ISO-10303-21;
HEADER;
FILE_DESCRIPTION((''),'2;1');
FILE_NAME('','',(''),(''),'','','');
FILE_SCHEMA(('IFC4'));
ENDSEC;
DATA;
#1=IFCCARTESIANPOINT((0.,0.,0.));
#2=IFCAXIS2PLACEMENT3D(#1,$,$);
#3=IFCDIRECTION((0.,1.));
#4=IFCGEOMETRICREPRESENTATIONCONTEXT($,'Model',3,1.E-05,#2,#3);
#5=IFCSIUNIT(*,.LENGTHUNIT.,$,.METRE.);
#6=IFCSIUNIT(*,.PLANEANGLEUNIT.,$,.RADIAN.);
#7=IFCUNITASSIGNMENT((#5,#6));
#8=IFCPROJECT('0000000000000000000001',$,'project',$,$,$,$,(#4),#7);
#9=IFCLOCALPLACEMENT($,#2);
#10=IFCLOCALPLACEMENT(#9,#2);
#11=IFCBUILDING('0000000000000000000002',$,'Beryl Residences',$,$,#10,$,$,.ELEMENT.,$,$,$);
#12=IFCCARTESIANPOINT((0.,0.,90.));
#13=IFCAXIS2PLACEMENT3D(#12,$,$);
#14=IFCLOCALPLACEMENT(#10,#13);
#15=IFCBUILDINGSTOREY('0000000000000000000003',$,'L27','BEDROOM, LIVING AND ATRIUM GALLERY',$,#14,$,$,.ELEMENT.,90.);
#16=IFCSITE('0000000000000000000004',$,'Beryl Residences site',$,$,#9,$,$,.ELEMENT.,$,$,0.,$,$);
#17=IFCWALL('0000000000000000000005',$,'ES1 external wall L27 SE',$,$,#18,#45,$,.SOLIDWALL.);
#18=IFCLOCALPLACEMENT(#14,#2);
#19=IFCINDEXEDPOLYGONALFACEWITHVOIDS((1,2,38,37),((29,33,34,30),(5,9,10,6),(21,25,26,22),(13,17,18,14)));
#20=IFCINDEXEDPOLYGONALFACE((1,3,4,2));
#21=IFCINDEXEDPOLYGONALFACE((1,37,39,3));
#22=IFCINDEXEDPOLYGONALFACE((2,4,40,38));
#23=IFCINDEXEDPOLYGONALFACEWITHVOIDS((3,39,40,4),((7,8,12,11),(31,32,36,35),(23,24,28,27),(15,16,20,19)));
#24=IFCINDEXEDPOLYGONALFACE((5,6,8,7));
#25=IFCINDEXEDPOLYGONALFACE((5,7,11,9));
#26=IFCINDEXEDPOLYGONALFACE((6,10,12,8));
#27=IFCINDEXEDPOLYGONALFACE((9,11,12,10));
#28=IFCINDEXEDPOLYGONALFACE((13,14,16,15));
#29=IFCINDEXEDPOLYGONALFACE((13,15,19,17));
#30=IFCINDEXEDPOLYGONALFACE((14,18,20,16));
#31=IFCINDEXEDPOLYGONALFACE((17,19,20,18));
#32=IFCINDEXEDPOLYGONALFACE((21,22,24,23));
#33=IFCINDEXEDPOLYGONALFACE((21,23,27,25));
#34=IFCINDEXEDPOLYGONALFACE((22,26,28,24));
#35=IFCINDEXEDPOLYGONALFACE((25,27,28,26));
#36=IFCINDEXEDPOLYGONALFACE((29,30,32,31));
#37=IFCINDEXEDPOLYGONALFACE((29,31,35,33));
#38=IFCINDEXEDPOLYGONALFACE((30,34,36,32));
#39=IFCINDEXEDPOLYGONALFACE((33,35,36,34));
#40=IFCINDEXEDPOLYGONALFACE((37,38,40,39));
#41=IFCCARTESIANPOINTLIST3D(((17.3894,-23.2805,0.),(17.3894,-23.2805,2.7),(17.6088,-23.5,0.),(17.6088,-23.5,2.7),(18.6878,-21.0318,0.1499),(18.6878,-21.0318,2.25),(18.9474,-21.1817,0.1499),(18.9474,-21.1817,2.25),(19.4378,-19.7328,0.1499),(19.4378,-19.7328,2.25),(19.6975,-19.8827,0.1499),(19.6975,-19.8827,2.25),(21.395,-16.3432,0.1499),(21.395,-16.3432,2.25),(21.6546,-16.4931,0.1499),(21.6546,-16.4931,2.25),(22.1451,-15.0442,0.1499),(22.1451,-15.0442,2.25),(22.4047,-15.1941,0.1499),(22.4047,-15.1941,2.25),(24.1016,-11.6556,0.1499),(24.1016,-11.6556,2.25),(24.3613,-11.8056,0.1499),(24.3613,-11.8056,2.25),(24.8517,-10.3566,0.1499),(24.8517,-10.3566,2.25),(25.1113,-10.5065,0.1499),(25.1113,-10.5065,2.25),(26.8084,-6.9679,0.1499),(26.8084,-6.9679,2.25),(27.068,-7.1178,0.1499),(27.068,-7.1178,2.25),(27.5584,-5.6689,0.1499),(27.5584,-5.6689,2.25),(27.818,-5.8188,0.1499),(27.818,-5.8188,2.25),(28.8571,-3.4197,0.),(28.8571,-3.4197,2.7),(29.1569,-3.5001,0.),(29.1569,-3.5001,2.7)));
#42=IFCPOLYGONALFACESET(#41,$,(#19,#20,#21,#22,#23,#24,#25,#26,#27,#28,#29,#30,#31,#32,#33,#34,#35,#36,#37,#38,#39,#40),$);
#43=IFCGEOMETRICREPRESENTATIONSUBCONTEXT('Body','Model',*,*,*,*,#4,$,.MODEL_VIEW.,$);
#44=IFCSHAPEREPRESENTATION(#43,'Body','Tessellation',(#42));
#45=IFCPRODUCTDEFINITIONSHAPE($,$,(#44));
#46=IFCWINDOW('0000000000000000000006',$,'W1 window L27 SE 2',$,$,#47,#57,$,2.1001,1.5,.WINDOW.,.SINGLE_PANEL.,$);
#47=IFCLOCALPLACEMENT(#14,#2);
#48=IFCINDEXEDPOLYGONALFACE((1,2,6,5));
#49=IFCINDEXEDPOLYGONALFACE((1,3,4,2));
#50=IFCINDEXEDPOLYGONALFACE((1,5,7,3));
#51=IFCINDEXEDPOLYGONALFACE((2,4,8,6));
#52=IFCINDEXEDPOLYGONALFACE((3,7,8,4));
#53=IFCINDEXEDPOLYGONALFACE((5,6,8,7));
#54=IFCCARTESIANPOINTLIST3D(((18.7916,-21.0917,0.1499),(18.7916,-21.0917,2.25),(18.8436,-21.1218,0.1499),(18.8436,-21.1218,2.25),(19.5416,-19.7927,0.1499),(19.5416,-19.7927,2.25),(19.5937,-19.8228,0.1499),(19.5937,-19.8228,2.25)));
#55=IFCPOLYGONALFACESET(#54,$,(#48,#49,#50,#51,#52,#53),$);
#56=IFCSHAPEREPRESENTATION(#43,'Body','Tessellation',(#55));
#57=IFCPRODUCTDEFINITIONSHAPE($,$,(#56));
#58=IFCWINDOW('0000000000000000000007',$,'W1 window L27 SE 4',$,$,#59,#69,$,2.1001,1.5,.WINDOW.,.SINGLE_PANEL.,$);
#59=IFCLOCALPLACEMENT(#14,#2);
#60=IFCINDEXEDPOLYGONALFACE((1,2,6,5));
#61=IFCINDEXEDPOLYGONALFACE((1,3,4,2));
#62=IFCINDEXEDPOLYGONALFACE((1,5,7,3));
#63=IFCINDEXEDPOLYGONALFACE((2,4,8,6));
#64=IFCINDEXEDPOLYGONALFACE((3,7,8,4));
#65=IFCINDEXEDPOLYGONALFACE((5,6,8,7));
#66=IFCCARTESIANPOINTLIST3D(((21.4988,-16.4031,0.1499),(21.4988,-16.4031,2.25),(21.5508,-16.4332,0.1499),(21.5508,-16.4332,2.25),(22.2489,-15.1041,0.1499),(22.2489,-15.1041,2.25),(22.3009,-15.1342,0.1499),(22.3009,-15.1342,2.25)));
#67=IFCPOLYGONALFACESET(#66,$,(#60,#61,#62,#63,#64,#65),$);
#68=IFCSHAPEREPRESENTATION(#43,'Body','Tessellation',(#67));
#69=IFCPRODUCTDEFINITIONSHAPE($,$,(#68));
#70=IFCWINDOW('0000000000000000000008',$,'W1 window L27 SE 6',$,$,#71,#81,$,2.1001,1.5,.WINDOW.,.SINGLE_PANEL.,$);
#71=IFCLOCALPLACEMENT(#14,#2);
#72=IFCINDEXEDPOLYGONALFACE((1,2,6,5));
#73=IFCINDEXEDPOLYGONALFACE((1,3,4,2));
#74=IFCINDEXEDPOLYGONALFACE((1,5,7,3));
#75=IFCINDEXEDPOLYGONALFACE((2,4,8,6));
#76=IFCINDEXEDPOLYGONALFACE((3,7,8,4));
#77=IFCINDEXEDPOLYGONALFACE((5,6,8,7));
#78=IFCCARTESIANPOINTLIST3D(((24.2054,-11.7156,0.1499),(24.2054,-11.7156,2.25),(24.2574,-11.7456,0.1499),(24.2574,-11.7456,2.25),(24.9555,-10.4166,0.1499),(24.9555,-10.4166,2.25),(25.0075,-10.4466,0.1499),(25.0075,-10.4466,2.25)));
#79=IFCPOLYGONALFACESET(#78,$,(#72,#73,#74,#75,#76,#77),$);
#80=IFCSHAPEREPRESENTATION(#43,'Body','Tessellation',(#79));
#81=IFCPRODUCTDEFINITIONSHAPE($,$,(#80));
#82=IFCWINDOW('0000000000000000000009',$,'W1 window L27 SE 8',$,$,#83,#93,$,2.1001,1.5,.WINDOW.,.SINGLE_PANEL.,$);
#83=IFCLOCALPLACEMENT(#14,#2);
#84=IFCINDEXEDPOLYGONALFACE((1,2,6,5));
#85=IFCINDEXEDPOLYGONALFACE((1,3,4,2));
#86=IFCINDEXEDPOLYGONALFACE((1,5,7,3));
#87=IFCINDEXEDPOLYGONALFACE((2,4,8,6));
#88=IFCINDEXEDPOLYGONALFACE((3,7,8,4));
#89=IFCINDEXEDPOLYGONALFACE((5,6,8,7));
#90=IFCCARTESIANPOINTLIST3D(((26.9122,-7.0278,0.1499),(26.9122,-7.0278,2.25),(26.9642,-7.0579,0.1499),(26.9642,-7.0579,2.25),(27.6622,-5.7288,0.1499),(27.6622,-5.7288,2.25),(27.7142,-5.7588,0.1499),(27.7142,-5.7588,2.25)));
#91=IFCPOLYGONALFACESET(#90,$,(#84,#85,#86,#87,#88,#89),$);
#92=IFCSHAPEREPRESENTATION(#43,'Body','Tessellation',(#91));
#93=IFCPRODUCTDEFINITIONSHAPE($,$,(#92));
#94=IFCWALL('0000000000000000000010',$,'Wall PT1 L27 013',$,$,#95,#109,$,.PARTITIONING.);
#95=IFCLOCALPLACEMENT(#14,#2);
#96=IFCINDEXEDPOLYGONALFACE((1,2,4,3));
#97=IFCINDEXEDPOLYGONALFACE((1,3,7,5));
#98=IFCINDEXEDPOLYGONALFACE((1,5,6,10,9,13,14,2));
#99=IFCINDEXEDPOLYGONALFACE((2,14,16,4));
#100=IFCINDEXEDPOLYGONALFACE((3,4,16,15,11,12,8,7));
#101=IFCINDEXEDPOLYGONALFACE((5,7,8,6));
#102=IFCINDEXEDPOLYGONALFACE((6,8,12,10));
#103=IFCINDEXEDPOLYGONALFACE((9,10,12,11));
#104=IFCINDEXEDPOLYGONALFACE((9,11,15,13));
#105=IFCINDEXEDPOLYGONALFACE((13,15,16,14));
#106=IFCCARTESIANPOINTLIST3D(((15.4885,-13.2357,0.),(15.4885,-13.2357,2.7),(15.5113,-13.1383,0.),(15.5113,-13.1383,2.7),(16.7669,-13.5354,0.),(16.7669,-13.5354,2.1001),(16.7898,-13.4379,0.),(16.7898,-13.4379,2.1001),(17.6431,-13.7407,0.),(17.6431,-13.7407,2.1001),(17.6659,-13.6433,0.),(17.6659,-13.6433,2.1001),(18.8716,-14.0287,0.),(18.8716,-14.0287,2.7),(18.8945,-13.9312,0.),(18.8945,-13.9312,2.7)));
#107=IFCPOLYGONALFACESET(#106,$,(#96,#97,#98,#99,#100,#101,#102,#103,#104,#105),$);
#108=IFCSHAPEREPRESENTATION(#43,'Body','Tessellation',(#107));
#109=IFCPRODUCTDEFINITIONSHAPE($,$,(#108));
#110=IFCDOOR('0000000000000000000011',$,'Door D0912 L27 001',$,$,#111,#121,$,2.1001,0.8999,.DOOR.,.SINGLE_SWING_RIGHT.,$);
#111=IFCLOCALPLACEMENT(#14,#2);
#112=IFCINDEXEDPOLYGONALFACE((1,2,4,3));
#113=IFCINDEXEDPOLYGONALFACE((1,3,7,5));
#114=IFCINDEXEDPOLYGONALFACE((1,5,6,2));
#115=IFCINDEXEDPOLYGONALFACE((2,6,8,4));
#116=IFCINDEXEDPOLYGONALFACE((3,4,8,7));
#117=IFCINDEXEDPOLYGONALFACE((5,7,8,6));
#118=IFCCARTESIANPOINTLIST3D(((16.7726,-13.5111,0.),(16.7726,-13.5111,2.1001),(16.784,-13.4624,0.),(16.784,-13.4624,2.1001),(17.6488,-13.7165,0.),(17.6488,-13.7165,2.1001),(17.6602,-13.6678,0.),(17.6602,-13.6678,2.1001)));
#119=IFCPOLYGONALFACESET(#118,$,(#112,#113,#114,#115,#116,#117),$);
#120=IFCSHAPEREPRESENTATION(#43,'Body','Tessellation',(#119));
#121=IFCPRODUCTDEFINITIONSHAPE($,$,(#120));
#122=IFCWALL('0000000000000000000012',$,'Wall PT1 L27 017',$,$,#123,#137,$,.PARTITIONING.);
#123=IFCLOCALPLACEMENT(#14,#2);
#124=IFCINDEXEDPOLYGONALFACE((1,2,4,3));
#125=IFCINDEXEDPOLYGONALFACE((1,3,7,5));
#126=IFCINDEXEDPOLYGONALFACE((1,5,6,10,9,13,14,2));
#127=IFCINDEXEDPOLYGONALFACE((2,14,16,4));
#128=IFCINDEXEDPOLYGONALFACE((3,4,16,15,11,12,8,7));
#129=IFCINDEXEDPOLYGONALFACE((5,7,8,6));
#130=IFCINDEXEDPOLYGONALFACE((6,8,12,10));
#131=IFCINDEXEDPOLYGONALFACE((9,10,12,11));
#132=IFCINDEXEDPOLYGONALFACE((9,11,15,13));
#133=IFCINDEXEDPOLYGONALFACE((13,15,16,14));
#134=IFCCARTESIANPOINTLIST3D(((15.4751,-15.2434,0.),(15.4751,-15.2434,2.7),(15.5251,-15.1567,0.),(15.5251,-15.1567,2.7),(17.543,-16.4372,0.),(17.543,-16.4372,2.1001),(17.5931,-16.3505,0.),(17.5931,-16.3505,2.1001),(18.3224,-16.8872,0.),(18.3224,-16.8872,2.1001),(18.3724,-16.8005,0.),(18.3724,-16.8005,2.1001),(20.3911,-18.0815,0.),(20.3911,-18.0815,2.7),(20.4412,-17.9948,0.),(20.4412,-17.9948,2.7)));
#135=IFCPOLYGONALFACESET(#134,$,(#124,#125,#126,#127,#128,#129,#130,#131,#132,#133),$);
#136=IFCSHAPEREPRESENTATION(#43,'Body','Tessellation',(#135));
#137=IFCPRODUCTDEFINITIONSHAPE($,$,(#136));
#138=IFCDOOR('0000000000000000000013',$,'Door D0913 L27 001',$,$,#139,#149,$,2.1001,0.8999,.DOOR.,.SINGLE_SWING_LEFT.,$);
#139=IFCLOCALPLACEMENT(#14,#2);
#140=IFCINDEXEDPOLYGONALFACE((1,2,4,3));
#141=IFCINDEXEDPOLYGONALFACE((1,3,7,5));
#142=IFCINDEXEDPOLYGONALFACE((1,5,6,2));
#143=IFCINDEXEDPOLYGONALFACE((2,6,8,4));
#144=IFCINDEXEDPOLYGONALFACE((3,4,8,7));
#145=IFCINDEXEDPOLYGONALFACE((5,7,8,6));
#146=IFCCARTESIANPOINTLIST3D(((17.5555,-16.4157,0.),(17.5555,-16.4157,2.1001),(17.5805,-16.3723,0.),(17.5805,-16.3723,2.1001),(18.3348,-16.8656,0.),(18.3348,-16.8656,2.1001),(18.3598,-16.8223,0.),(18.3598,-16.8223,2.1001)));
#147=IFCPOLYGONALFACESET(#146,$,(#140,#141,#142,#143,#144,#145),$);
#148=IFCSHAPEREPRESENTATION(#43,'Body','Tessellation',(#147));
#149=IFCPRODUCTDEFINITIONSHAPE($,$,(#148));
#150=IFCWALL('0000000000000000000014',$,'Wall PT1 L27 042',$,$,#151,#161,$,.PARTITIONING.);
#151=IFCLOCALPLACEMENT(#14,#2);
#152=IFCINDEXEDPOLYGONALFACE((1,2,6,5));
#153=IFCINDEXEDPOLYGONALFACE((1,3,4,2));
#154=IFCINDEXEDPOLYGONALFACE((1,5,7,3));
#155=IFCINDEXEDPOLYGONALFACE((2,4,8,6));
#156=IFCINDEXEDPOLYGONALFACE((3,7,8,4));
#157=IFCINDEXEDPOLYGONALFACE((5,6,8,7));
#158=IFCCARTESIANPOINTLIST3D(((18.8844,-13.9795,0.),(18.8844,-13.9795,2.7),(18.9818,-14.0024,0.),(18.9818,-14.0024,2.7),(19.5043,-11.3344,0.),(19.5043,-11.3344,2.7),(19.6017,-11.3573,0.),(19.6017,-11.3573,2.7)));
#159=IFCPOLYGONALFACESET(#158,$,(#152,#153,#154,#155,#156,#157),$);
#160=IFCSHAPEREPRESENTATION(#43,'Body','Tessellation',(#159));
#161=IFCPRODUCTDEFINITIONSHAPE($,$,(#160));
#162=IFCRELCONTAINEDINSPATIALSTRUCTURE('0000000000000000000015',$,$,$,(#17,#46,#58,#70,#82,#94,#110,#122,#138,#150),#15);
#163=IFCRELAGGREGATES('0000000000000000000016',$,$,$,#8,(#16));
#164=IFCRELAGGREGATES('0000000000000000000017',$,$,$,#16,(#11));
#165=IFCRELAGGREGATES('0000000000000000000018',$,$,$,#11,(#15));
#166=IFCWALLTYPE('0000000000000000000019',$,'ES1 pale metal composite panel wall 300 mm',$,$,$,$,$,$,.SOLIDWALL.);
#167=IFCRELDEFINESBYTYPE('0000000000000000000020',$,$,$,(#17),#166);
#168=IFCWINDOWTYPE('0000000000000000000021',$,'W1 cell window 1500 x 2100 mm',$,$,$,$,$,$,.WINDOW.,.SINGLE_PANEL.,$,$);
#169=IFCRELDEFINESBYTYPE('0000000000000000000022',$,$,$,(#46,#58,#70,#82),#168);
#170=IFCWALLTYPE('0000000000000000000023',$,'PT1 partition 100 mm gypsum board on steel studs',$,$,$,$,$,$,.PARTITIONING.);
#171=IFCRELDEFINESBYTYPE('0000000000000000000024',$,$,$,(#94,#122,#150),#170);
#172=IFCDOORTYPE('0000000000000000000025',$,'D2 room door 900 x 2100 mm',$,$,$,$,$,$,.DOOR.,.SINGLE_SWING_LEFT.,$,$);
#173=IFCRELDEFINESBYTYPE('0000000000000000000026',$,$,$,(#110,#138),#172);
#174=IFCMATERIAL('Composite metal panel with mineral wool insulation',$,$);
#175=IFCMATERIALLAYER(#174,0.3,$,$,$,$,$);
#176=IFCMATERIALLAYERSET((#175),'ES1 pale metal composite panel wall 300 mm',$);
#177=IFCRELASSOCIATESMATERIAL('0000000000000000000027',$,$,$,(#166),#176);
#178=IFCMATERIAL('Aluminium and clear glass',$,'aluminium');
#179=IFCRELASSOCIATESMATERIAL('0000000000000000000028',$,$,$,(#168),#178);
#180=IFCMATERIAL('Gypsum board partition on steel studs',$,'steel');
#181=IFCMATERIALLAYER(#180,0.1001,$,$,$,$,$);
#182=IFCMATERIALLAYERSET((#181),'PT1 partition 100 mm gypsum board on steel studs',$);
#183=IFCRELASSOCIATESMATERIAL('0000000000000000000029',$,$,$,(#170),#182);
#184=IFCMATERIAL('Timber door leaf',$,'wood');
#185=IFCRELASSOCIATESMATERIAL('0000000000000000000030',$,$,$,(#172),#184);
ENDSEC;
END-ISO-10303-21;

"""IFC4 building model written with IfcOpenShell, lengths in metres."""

from ifc_helpers import new_model, si_unit, direction, frame, frame_2d, origin, place, context, subcontext, project, spatial, polyline, rectangle, outline, extrude, material, layer, layer_set, type_object, element, fill, save


model = new_model("IFC4")

# Units and contexts
model_context = context("Model", 3, precision=1e-05, world=origin(), true_north=direction((0.0, 1.0)))
body_context = subcontext(model_context, "Body", "Model", "MODEL_VIEW")
ifc_project = project(units=[si_unit("LENGTHUNIT", "METRE"), si_unit("PLANEANGLEUNIT", "RADIAN")], contexts=[model_context])

# Site, building, storey
site_placement = place(None, origin())
site = spatial("IfcSite", under=ifc_project, at=site_placement, Name="Beryl Residences site", CompositionType="ELEMENT", RefElevation=0.0)
building_placement = place(site_placement, origin())
building = spatial("IfcBuilding", under=site, at=building_placement, Name="Beryl Residences", CompositionType="ELEMENT")
storey_placement = place(building_placement, frame((0.0, 0.0, 90.0)))
storey = spatial("IfcBuildingStorey", under=building, at=storey_placement, Name="L27", Description="BEDROOM, LIVING AND ATRIUM GALLERY", CompositionType="ELEMENT", Elevation=90.0)

# Shared definitions
ifc_material_1 = material(Name="Composite metal panel with mineral wool insulation")
ifc_layer_1 = layer(ifc_material_1, 0.3)
ifc_layer_set_1 = layer_set([ifc_layer_1], Name="ES1 pale metal composite panel wall 300 mm")
wall_type_1 = type_object("IfcWallType", Name="ES1 pale metal composite panel wall 300 mm", PredefinedType="SOLIDWALL", material=ifc_layer_set_1)

# Wall, openings, windows
wall_1_placement = place(storey_placement, frame((17.479, -23.425, 0.0), z_axis=(0.0, 0.0, 1.0), x_axis=(0.500035, 0.866005, 0.0)))
wall_1 = element("IfcWall", 1, at=wall_1_placement, inside=storey, type_object=wall_type_1, Name="ES1 external wall L27 SE", PredefinedType="SOLIDWALL", context=body_context, shape_type="SweptSolid", body=[
    extrude(outline(polyline([(0.0, -0.1499), (23.0945, -0.1499), (23.0142, 0.1499), (0.0803, 0.1499), (0.0, -0.1499)])), origin(), (0.0, 0.0, 1.0), 2.7),
])
opening_1_placement = place(wall_1_placement, frame((2.677, 0.0, 0.1499)))
opening_1 = element("IfcOpeningElement", 2, at=opening_1_placement, cuts=wall_1, PredefinedType="OPENING", context=body_context, shape_type="SweptSolid", body=[
    extrude(rectangle(XDim=1.5, YDim=2.1001, at=frame_2d((0.75, 1.05))), frame((0.0, 0.1599, 0.0), z_axis=(0.0, -1.0, 0.0), x_axis=(1.0, 0.0, 0.0)), (0.0, 0.0, 1.0), 0.3201),
])
opening_2_placement = place(wall_1_placement, frame((8.0911, 0.0, 0.1499)))
opening_2 = element("IfcOpeningElement", 3, at=opening_2_placement, cuts=wall_1, PredefinedType="OPENING", context=body_context, shape_type="SweptSolid", body=[
    extrude(rectangle(XDim=1.5, YDim=2.1001, at=frame_2d((0.75, 1.05))), frame((0.0, 0.1599, 0.0), z_axis=(0.0, -1.0, 0.0), x_axis=(1.0, 0.0, 0.0)), (0.0, 0.0, 1.0), 0.3201),
])
opening_3_placement = place(wall_1_placement, frame((13.5039, 0.0, 0.1499)))
opening_3 = element("IfcOpeningElement", 4, at=opening_3_placement, cuts=wall_1, PredefinedType="OPENING", context=body_context, shape_type="SweptSolid", body=[
    extrude(rectangle(XDim=1.5, YDim=2.1001, at=frame_2d((0.75, 1.05))), frame((0.0, 0.1599, 0.0), z_axis=(0.0, -1.0, 0.0), x_axis=(1.0, 0.0, 0.0)), (0.0, 0.0, 1.0), 0.3201),
])
opening_4_placement = place(wall_1_placement, frame((18.917, 0.0, 0.1499)))
opening_4 = element("IfcOpeningElement", 5, at=opening_4_placement, cuts=wall_1, PredefinedType="OPENING", context=body_context, shape_type="SweptSolid", body=[
    extrude(rectangle(XDim=1.5, YDim=2.1001, at=frame_2d((0.75, 1.05))), frame((0.0, 0.1599, 0.0), z_axis=(0.0, -1.0, 0.0), x_axis=(1.0, 0.0, 0.0)), (0.0, 0.0, 1.0), 0.3201),
])
ifc_material_2 = material(Name="Aluminium and clear glass", Category="aluminium")
window_type_1 = type_object("IfcWindowType", Name="W1 cell window 1500 x 2100 mm", PartitioningType="SINGLE_PANEL", PredefinedType="WINDOW", material=ifc_material_2)
window_1_placement = place(opening_1_placement, origin())
window_1 = element("IfcWindow", 6, at=window_1_placement, inside=storey, type_object=window_type_1, Name="W1 window L27 SE 2", OverallHeight=2.1001, OverallWidth=1.5, PartitioningType="SINGLE_PANEL", PredefinedType="WINDOW", context=body_context, shape_type="SweptSolid", body=[
    extrude(rectangle(XDim=1.5, YDim=2.1001, at=frame_2d((0.75, 1.05))), frame((0.0, 0.03, 0.0), z_axis=(0.0, -1.0, 0.0), x_axis=(1.0, 0.0, 0.0)), (0.0, 0.0, 1.0), 0.0601),
])
fill(opening_1, window_1)
window_2_placement = place(opening_2_placement, origin())
window_2 = element("IfcWindow", 7, at=window_2_placement, inside=storey, type_object=window_type_1, Name="W1 window L27 SE 4", OverallHeight=2.1001, OverallWidth=1.5, PartitioningType="SINGLE_PANEL", PredefinedType="WINDOW", context=body_context, shape_type="SweptSolid", body=[
    extrude(rectangle(XDim=1.5, YDim=2.1001, at=frame_2d((0.75, 1.05))), frame((0.0, 0.03, 0.0), z_axis=(0.0, -1.0, 0.0), x_axis=(1.0, 0.0, 0.0)), (0.0, 0.0, 1.0), 0.0601),
])
fill(opening_2, window_2)
window_3_placement = place(opening_3_placement, origin())
window_3 = element("IfcWindow", 8, at=window_3_placement, inside=storey, type_object=window_type_1, Name="W1 window L27 SE 6", OverallHeight=2.1001, OverallWidth=1.5, PartitioningType="SINGLE_PANEL", PredefinedType="WINDOW", context=body_context, shape_type="SweptSolid", body=[
    extrude(rectangle(XDim=1.5, YDim=2.1001, at=frame_2d((0.75, 1.05))), frame((0.0, 0.03, 0.0), z_axis=(0.0, -1.0, 0.0), x_axis=(1.0, 0.0, 0.0)), (0.0, 0.0, 1.0), 0.0601),
])
fill(opening_3, window_3)
window_4_placement = place(opening_4_placement, origin())
window_4 = element("IfcWindow", 9, at=window_4_placement, inside=storey, type_object=window_type_1, Name="W1 window L27 SE 8", OverallHeight=2.1001, OverallWidth=1.5, PartitioningType="SINGLE_PANEL", PredefinedType="WINDOW", context=body_context, shape_type="SweptSolid", body=[
    extrude(rectangle(XDim=1.5, YDim=2.1001, at=frame_2d((0.75, 1.05))), frame((0.0, 0.03, 0.0), z_axis=(0.0, -1.0, 0.0), x_axis=(1.0, 0.0, 0.0)), (0.0, 0.0, 1.0), 0.0601),
])
fill(opening_4, window_4)

# Walls, openings, doors
ifc_material_3 = material(Name="Gypsum board partition on steel studs", Category="steel")
ifc_layer_2 = layer(ifc_material_3, 0.1001)
ifc_layer_set_2 = layer_set([ifc_layer_2], Name="PT1 partition 100 mm gypsum board on steel studs")
wall_type_2 = type_object("IfcWallType", Name="PT1 partition 100 mm gypsum board on steel studs", PredefinedType="PARTITIONING", material=ifc_layer_set_2)
wall_2_placement = place(storey_placement, frame((15.5, -13.187, 0.0), z_axis=(0.0, 0.0, 1.0), x_axis=(0.973612, -0.228209, 0.0)))
wall_2 = element("IfcWall", 10, at=wall_2_placement, inside=storey, type_object=wall_type_2, Name="Wall PT1 L27 013", PredefinedType="PARTITIONING", context=body_context, shape_type="SweptSolid", body=[
    extrude(rectangle(XDim=3.4749, YDim=0.1001, at=frame_2d((1.7373, 0.0))), origin(), (0.0, 0.0, 1.0), 2.7),
])
opening_5_placement = place(wall_2_placement, frame((1.313, 0.0, 0.0)))
opening_5 = element("IfcOpeningElement", 11, at=opening_5_placement, cuts=wall_2, PredefinedType="OPENING", context=body_context, shape_type="SweptSolid", body=[
    extrude(rectangle(XDim=0.8999, YDim=2.1001, at=frame_2d((0.45, 1.05))), frame((0.0, 0.0601, 0.0), z_axis=(0.0, -1.0, 0.0), x_axis=(1.0, 0.0, 0.0)), (0.0, 0.0, 1.0), 0.1201),
])
ifc_material_4 = material(Name="Timber door leaf", Category="wood")
door_type_1 = type_object("IfcDoorType", Name="D2 room door 900 x 2100 mm", OperationType="SINGLE_SWING_LEFT", PredefinedType="DOOR", material=ifc_material_4)
door_1_placement = place(opening_5_placement, origin())
door_1 = element("IfcDoor", 12, at=door_1_placement, inside=storey, type_object=door_type_1, Name="Door D0912 L27 001", OperationType="SINGLE_SWING_RIGHT", OverallHeight=2.1001, OverallWidth=0.8999, PredefinedType="DOOR", context=body_context, shape_type="SweptSolid", body=[
    extrude(rectangle(XDim=0.8999, YDim=2.1001, at=frame_2d((0.45, 1.05))), frame((0.0, 0.0249, 0.0), z_axis=(0.0, -1.0, 0.0), x_axis=(1.0, 0.0, 0.0)), (0.0, 0.0, 1.0), 0.05),
])
fill(opening_5, door_1)
wall_3_placement = place(storey_placement, frame((15.5, -15.2, 0.0), z_axis=(0.0, 0.0, 1.0), x_axis=(0.866035, -0.499983, 0.0)))
wall_3 = element("IfcWall", 13, at=wall_3_placement, inside=storey, type_object=wall_type_2, Name="Wall PT1 L27 017", PredefinedType="PARTITIONING", context=body_context, shape_type="SweptSolid", body=[
    extrude(rectangle(XDim=5.6765, YDim=0.1001, at=frame_2d((2.8384, 0.0))), origin(), (0.0, 0.0, 1.0), 2.7),
])
opening_6_placement = place(wall_3_placement, frame((2.3879, 0.0, 0.0)))
opening_6 = element("IfcOpeningElement", 14, at=opening_6_placement, cuts=wall_3, PredefinedType="OPENING", context=body_context, shape_type="SweptSolid", body=[
    extrude(rectangle(XDim=0.8999, YDim=2.1001, at=frame_2d((0.45, 1.05))), frame((0.0, 0.0601, 0.0), z_axis=(0.0, -1.0, 0.0), x_axis=(1.0, 0.0, 0.0)), (0.0, 0.0, 1.0), 0.1201),
])
door_2_placement = place(opening_6_placement, origin())
door_2 = element("IfcDoor", 15, at=door_2_placement, inside=storey, type_object=door_type_1, Name="Door D0913 L27 001", OperationType="SINGLE_SWING_LEFT", OverallHeight=2.1001, OverallWidth=0.8999, PredefinedType="DOOR", context=body_context, shape_type="SweptSolid", body=[
    extrude(rectangle(XDim=0.8999, YDim=2.1001, at=frame_2d((0.45, 1.05))), frame((0.0, 0.0249, 0.0), z_axis=(0.0, -1.0, 0.0), x_axis=(1.0, 0.0, 0.0)), (0.0, 0.0, 1.0), 0.05),
])
fill(opening_6, door_2)

# Wall
wall_4_placement = place(storey_placement, frame((18.9331, -13.991, 0.0), z_axis=(0.0, 0.0, 1.0), x_axis=(0.228173, 0.973621, 0.0)))
element("IfcWall", 16, at=wall_4_placement, inside=storey, type_object=wall_type_2, Name="Wall PT1 L27 042", PredefinedType="PARTITIONING", context=body_context, shape_type="SweptSolid", body=[
    extrude(rectangle(XDim=2.7168, YDim=0.1001, at=frame_2d((1.3584, 0.0))), origin(), (0.0, 0.0, 1.0), 2.7),
])

save(model, "model.ifc")
